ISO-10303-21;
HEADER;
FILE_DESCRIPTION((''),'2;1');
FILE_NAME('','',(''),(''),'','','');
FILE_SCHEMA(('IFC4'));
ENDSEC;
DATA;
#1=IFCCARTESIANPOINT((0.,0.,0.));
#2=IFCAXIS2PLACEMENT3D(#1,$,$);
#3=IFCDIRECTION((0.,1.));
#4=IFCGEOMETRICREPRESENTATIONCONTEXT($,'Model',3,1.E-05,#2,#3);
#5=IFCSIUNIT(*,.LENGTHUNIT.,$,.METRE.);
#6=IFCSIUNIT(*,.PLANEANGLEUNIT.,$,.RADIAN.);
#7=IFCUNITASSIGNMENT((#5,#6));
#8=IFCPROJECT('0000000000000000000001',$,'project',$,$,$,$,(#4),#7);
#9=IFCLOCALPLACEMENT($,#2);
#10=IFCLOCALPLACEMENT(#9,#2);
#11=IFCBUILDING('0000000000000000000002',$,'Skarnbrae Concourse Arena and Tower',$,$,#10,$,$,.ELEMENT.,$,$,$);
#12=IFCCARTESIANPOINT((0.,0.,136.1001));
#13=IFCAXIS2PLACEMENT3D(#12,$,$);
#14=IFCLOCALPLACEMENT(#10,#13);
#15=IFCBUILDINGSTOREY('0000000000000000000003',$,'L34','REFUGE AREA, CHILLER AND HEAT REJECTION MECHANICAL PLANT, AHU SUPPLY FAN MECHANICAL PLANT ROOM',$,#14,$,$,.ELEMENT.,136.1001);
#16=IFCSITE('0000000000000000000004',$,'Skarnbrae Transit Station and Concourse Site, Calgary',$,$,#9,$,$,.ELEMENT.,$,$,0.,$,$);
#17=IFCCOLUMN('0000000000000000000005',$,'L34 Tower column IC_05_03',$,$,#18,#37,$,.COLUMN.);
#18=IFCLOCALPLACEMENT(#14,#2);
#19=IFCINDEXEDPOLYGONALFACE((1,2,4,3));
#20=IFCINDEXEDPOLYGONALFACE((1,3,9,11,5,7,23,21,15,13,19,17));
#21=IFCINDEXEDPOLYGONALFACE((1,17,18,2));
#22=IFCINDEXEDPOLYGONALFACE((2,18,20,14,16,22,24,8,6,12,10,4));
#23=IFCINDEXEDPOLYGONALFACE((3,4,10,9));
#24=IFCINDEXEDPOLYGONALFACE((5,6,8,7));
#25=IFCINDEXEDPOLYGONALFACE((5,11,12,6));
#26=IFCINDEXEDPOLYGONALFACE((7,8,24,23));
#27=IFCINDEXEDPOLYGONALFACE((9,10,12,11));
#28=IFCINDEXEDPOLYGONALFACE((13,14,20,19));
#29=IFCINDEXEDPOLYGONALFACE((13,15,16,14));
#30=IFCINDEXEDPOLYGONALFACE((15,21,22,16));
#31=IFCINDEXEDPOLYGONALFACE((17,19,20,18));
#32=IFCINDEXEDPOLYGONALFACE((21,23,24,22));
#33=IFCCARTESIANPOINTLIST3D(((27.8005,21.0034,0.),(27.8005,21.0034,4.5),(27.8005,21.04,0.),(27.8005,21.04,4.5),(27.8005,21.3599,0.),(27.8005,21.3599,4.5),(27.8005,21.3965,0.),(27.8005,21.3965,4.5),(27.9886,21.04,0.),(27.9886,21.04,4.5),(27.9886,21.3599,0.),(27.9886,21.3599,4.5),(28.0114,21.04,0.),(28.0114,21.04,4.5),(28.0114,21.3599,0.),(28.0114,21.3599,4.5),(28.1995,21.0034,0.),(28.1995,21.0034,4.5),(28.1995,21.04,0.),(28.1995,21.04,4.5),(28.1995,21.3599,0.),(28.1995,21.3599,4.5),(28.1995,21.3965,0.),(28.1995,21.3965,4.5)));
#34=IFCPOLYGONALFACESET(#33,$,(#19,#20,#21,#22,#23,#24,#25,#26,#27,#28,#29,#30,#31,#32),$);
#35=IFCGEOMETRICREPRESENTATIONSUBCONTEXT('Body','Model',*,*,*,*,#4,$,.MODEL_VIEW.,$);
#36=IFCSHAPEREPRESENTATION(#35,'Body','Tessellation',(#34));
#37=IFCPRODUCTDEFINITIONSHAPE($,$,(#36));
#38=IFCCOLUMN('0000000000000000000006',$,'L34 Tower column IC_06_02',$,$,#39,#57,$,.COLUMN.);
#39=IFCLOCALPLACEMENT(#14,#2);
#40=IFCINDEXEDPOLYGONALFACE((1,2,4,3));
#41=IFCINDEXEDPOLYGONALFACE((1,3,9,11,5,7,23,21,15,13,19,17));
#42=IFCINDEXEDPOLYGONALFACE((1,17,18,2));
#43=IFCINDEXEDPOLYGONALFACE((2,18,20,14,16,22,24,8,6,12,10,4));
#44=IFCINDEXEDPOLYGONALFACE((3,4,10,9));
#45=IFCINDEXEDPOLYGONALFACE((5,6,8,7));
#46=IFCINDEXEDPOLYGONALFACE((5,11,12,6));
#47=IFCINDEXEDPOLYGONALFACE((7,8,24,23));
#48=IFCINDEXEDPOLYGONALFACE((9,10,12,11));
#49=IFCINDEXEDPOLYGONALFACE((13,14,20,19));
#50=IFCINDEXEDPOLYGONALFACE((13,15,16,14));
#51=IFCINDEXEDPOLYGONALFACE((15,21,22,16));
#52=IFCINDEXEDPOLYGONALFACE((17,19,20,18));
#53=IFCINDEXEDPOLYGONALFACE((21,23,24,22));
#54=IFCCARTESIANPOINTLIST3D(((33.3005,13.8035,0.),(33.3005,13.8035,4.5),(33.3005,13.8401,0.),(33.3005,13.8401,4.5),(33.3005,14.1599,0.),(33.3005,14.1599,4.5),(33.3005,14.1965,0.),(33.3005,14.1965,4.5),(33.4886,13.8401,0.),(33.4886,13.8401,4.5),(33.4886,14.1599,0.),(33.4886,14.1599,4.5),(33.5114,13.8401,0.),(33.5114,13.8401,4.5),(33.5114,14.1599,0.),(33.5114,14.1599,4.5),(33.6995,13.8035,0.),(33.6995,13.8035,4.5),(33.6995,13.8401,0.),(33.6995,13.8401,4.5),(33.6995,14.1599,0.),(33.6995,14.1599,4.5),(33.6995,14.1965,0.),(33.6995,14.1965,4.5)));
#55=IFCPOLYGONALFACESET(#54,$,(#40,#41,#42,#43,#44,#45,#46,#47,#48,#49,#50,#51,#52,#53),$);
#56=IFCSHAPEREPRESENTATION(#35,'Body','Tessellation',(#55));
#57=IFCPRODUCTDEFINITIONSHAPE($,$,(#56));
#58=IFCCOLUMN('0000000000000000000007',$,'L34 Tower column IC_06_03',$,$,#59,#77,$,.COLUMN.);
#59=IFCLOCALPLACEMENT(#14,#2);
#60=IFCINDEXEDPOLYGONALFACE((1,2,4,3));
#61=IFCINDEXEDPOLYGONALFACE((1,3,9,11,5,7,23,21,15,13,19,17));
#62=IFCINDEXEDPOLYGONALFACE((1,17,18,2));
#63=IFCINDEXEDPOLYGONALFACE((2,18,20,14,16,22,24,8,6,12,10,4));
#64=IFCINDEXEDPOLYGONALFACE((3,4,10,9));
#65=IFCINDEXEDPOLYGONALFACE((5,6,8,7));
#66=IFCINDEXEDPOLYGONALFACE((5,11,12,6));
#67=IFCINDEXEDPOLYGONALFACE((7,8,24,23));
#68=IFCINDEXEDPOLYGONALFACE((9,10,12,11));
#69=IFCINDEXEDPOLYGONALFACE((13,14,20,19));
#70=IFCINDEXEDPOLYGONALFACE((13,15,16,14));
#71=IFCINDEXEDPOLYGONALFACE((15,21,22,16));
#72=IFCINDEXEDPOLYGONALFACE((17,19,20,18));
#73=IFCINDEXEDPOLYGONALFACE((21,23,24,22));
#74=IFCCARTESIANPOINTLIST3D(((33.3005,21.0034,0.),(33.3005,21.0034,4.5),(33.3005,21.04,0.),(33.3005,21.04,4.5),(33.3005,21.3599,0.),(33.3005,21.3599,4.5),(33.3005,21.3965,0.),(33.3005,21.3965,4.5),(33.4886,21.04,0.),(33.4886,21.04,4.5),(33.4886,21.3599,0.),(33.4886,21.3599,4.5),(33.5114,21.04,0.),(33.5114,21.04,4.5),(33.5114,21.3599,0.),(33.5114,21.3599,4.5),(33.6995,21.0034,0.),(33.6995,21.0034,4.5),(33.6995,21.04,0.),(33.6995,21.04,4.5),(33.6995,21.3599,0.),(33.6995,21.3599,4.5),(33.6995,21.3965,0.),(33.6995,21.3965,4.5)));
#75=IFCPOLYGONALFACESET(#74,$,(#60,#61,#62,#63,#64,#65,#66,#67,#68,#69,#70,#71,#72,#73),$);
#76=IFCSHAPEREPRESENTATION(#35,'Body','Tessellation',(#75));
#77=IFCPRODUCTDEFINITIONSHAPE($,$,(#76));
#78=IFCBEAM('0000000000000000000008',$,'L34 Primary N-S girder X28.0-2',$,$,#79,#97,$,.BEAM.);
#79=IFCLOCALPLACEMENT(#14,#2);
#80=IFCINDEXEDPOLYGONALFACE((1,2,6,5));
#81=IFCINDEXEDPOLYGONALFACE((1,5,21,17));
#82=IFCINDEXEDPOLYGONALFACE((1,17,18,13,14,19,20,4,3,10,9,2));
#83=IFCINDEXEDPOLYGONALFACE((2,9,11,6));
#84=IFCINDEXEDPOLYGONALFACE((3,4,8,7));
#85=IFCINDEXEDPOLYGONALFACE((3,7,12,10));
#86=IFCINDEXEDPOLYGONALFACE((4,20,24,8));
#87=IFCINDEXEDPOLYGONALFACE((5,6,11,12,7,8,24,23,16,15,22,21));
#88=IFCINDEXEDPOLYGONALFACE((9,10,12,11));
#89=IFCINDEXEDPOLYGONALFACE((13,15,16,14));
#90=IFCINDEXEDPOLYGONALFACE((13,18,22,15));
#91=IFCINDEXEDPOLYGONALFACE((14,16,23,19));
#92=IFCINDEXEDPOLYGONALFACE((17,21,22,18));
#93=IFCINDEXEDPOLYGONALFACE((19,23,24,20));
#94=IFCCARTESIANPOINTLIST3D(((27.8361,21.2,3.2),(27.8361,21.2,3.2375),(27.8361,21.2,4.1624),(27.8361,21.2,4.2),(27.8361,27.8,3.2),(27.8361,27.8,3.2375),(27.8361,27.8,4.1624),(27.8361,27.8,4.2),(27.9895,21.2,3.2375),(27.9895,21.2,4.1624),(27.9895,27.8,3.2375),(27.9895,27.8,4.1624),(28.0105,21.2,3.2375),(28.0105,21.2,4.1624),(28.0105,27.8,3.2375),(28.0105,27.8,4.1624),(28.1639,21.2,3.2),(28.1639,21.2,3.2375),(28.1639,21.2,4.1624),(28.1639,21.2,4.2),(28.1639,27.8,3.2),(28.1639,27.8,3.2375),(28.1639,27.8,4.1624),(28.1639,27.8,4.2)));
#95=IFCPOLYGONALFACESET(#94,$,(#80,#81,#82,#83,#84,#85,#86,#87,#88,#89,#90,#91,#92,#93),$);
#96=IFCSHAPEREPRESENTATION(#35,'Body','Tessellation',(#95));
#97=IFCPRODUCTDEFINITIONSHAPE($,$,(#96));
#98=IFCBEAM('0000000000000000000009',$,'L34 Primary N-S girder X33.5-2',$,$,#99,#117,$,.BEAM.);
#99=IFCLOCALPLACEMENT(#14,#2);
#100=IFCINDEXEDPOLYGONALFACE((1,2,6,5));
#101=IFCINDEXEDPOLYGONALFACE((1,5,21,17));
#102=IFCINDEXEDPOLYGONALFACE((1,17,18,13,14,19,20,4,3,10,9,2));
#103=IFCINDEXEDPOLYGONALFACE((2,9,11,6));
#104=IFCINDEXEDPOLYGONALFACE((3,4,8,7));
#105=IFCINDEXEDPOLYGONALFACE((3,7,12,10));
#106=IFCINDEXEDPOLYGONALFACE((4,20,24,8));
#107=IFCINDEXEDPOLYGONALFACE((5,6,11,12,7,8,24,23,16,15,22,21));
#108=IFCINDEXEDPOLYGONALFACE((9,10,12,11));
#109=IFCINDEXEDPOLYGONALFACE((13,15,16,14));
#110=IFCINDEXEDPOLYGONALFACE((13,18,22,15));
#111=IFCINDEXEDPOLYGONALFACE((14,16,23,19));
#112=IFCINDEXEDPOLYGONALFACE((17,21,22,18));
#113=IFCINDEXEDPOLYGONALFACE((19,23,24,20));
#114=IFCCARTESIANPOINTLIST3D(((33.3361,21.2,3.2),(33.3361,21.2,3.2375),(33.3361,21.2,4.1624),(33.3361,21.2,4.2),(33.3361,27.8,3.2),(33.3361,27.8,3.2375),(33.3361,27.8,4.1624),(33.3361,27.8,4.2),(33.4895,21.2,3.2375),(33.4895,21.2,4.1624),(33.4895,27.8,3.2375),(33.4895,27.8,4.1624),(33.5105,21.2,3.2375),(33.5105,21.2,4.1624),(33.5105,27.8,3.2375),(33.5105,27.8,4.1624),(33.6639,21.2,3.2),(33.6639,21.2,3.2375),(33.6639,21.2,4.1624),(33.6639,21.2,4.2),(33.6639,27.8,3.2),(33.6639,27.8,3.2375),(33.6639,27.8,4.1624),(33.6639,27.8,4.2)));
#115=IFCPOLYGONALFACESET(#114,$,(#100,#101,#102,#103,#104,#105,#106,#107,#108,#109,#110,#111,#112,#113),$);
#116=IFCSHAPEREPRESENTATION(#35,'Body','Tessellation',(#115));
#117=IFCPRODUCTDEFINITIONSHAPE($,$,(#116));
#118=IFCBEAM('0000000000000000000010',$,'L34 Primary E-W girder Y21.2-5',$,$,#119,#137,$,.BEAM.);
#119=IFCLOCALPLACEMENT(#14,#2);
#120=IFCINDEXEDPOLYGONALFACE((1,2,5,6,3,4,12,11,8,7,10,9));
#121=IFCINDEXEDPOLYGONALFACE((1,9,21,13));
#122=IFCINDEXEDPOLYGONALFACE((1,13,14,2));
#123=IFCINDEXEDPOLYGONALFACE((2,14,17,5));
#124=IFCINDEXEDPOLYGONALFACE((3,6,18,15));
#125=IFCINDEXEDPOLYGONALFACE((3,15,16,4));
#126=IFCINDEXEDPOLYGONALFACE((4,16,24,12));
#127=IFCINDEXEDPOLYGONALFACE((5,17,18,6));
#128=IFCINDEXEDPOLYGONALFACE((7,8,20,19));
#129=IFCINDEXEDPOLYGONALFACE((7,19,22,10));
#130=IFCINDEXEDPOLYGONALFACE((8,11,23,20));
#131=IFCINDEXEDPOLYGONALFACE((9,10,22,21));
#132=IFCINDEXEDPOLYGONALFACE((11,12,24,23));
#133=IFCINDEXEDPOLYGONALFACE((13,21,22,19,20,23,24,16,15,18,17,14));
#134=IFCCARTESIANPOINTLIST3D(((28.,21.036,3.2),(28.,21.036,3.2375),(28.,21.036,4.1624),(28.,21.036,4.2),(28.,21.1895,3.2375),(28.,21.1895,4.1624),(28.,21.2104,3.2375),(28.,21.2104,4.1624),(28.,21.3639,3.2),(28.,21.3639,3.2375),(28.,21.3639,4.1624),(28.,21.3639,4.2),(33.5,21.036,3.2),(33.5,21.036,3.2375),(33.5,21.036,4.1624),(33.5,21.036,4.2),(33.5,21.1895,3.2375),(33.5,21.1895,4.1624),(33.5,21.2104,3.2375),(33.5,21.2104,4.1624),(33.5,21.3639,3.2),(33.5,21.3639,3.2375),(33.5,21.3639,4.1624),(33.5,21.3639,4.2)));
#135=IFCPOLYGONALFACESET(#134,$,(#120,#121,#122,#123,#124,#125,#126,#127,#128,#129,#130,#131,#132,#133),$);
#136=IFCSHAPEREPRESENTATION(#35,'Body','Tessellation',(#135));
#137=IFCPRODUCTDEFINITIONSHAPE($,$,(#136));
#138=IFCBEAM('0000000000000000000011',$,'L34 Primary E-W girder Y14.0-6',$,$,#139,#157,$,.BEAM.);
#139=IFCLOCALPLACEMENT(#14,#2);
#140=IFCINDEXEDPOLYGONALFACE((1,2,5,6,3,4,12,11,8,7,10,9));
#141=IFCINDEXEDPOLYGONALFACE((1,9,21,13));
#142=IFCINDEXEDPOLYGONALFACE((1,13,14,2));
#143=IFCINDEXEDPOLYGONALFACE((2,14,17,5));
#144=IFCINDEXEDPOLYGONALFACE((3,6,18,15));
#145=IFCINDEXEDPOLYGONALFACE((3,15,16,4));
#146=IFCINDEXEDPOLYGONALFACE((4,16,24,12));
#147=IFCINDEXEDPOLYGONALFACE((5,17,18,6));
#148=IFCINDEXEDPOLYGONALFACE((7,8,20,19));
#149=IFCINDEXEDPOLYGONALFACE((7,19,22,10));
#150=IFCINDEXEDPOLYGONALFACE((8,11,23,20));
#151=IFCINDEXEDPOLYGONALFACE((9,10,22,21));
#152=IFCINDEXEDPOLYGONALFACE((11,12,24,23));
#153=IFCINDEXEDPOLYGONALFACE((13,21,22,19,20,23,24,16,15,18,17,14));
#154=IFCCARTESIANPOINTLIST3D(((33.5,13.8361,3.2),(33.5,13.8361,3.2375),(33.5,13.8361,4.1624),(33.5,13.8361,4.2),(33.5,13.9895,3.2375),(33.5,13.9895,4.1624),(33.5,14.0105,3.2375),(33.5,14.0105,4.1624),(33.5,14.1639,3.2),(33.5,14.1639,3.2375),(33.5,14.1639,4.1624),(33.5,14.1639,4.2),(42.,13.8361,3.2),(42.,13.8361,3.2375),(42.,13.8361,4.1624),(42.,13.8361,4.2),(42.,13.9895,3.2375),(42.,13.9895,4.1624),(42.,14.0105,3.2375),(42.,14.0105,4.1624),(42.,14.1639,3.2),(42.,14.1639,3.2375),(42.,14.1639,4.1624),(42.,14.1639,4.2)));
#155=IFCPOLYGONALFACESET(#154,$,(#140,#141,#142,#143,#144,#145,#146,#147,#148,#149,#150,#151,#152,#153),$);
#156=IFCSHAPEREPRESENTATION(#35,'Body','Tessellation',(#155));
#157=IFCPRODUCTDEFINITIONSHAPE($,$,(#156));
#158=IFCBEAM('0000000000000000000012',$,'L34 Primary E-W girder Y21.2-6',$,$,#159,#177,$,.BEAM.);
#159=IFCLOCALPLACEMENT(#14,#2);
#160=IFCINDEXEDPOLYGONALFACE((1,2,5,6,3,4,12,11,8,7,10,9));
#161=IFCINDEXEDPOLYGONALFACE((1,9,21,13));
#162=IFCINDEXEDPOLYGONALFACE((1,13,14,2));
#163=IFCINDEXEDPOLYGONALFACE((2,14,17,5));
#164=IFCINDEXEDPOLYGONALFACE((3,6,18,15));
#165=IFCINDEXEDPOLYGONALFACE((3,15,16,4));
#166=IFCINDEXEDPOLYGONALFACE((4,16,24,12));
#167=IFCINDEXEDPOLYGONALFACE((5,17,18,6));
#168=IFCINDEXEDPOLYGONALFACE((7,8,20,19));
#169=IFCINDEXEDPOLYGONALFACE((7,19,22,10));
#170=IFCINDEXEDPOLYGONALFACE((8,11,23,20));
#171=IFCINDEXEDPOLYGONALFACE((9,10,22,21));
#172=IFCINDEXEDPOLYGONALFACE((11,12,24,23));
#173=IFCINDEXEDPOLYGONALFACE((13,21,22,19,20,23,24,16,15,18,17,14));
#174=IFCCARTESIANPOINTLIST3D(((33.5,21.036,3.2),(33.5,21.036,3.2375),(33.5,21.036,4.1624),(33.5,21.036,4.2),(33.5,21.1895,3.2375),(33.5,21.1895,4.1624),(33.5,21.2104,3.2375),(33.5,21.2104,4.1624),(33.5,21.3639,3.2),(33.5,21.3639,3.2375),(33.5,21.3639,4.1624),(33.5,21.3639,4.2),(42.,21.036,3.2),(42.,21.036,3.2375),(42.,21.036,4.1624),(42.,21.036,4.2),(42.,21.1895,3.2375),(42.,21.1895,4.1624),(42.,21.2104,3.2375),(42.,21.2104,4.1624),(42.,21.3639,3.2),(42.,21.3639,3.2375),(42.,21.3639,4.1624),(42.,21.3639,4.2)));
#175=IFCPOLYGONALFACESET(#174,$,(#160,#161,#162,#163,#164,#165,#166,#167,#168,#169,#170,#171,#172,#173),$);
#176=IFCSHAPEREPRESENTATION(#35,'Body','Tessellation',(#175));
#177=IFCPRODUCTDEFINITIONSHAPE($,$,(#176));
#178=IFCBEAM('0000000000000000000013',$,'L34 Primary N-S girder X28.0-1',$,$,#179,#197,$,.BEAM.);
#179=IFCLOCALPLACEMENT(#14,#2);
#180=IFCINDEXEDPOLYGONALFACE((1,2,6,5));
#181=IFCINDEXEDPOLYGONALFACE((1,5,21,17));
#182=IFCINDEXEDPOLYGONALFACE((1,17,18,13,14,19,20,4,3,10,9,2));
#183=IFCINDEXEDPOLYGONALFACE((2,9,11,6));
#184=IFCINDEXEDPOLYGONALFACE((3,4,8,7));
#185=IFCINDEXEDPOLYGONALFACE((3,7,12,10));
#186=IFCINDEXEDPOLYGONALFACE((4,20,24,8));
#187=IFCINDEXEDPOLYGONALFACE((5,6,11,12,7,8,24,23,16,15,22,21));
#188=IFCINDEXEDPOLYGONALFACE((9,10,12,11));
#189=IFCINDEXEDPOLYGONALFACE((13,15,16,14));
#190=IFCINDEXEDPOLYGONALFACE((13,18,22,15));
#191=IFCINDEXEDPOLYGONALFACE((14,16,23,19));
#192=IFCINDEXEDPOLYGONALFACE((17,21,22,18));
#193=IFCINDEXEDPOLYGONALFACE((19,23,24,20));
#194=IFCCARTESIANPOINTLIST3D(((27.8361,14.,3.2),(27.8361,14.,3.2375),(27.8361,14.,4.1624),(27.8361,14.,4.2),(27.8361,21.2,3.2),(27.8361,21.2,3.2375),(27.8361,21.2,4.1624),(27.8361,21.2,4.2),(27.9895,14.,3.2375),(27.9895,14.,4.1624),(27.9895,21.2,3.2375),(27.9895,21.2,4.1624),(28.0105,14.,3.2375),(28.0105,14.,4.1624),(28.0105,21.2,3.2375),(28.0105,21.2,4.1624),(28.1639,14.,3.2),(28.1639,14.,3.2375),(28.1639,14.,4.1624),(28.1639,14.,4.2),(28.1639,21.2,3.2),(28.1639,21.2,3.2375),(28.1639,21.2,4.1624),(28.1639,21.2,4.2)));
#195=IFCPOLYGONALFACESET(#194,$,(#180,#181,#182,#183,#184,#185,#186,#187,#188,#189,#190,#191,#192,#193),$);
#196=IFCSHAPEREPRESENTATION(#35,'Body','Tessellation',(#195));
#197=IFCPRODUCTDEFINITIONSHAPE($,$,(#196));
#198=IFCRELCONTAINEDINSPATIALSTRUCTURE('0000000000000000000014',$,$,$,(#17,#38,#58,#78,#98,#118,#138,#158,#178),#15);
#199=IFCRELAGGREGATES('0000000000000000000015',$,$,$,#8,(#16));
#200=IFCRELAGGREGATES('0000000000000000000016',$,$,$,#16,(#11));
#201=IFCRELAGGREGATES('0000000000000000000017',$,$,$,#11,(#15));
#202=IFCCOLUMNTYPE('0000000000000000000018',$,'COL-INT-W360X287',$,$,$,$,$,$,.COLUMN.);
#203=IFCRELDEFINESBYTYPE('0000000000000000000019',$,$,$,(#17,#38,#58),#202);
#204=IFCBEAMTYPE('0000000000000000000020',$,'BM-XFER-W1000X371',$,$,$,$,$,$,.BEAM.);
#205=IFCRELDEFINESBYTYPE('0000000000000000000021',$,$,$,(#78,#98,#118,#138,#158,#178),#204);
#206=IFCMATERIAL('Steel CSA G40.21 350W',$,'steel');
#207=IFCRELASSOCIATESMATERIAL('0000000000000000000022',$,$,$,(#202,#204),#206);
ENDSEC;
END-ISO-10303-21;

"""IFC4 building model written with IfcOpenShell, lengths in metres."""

from ifc_helpers import new_model, si_unit, direction, frame, origin, origin_2d, place, context, subcontext, project, spatial, i_section, extrude, source, transform, mapped, material, material_profile, profile_set, type_object, element, save


model = new_model("IFC4")

# Units and contexts
model_context = context("Model", 3, precision=1e-05, world=origin(), true_north=direction((0.0, 1.0)))
body_context = subcontext(model_context, "Body", "Model", "MODEL_VIEW")
ifc_project = project(units=[si_unit("LENGTHUNIT", "METRE"), si_unit("PLANEANGLEUNIT", "RADIAN")], contexts=[model_context])

# Site, building, storey
site_placement = place(None, origin())
site = spatial("IfcSite", under=ifc_project, at=site_placement, Name="Skarnbrae Transit Station and Concourse Site, Calgary", CompositionType="ELEMENT", RefElevation=0.0)
building_placement = place(site_placement, origin())
building = spatial("IfcBuilding", under=site, at=building_placement, Name="Skarnbrae Concourse Arena and Tower", CompositionType="ELEMENT")
storey_placement = place(building_placement, frame((0.0, 0.0, 136.1001)))
storey = spatial("IfcBuildingStorey", under=building, at=storey_placement, Name="L34", Description="REFUGE AREA, CHILLER AND HEAT REJECTION MECHANICAL PLANT, AHU SUPPLY FAN MECHANICAL PLANT ROOM", CompositionType="ELEMENT", Elevation=136.1001)

# Columns
ifc_material_1 = material(Name="Steel CSA G40.21 350W", Category="steel")
ifc_material_profile_1 = material_profile(ifc_material_1, i_section(OverallWidth=0.3989, OverallDepth=0.3931, WebThickness=0.0227, FlangeThickness=0.0366, at=origin_2d()), Name="W360X287")
ifc_profile_set_1 = profile_set([ifc_material_profile_1], Name="Steel CSA G40.21 350W")
column_type = type_object("IfcColumnType", Name="COL-INT-W360X287", PredefinedType="COLUMN", material=ifc_profile_set_1)
shared_shape_1 = source(origin(), body_context, "Body", "SweptSolid", [
    extrude(i_section(OverallWidth=0.3989, OverallDepth=0.3931, WebThickness=0.0227, FlangeThickness=0.0366, at=origin_2d()), origin(), (0.0, 0.0, 1.0), 4.5),
])
for number, where, z_axis, x_axis, name in (
    (1, (28.0, 21.2, 0.0), (0.0, 0.0, 1.0), (1.0, 0.0, 0.0), "L34 Tower column IC_05_03"),
    (2, (33.5, 14.0, 0.0), (0.0, 0.0, 1.0), (1.0, 0.0, 0.0), "L34 Tower column IC_06_02"),
    (3, (33.5, 21.2, 0.0), (0.0, 0.0, 1.0), (1.0, 0.0, 0.0), "L34 Tower column IC_06_03"),
):
    element("IfcColumn", number, at=place(storey_placement, frame(where, z_axis=z_axis, x_axis=x_axis)), inside=storey, type_object=column_type, Name=name, PredefinedType="COLUMN", context=body_context, shape_type="MappedRepresentation", body=[
        mapped(shared_shape_1, transform((0.0, 0.0, 0.0))),
    ])

# Beams
ifc_material_profile_2 = material_profile(ifc_material_1, i_section(OverallWidth=0.3279, OverallDepth=1.0, WebThickness=0.021, FlangeThickness=0.0376, at=origin_2d()), Name="W1000X371")
ifc_profile_set_2 = profile_set([ifc_material_profile_2], Name="Steel CSA G40.21 350W")
beam_type_1 = type_object("IfcBeamType", Name="BM-XFER-W1000X371", PredefinedType="BEAM", material=ifc_profile_set_2)
shared_shape_2 = source(origin(), body_context, "Body", "SweptSolid", [
    extrude(i_section(OverallWidth=0.3279, OverallDepth=1.0, WebThickness=0.021, FlangeThickness=0.0376, at=origin_2d()), origin(), (0.0, 0.0, 1.0), 6.6001),
])
for number, where, z_axis, x_axis, name in (
    (4, (28.0, 21.2, 3.7), (0.0, 1.0, 0.0), (-1.0, 0.0, 0.0), "L34 Primary N-S girder X28.0-2"),
    (5, (33.5, 21.2, 3.7), (0.0, 1.0, 0.0), (-1.0, 0.0, 0.0), "L34 Primary N-S girder X33.5-2"),
):
    element("IfcBeam", number, at=place(storey_placement, frame(where, z_axis=z_axis, x_axis=x_axis)), inside=storey, type_object=beam_type_1, Name=name, PredefinedType="BEAM", context=body_context, shape_type="MappedRepresentation", body=[
        mapped(shared_shape_2, transform((0.0, 0.0, 0.0))),
    ])
shared_shape_3 = source(origin(), body_context, "Body", "SweptSolid", [
    extrude(i_section(OverallWidth=0.3279, OverallDepth=1.0, WebThickness=0.021, FlangeThickness=0.0376, at=origin_2d()), origin(), (0.0, 0.0, 1.0), 5.5),
])
beam_1_placement = place(storey_placement, frame((28.0, 21.2, 3.7), z_axis=(1.0, 0.0, 0.0), x_axis=(0.0, 1.0, 0.0)))
element("IfcBeam", 6, at=beam_1_placement, inside=storey, type_object=beam_type_1, Name="L34 Primary E-W girder Y21.2-5", PredefinedType="BEAM", context=body_context, shape_type="MappedRepresentation", body=[
    mapped(shared_shape_3, transform((0.0, 0.0, 0.0))),
])
shared_shape_4 = source(origin(), body_context, "Body", "SweptSolid", [
    extrude(i_section(OverallWidth=0.3279, OverallDepth=1.0, WebThickness=0.021, FlangeThickness=0.0376, at=origin_2d()), origin(), (0.0, 0.0, 1.0), 8.5),
])
for number, where, z_axis, x_axis, name in (
    (7, (33.5, 14.0, 3.7), (1.0, 0.0, 0.0), (0.0, 1.0, 0.0), "L34 Primary E-W girder Y14.0-6"),
    (8, (33.5, 21.2, 3.7), (1.0, 0.0, 0.0), (0.0, 1.0, 0.0), "L34 Primary E-W girder Y21.2-6"),
):
    element("IfcBeam", number, at=place(storey_placement, frame(where, z_axis=z_axis, x_axis=x_axis)), inside=storey, type_object=beam_type_1, Name=name, PredefinedType="BEAM", context=body_context, shape_type="MappedRepresentation", body=[
        mapped(shared_shape_4, transform((0.0, 0.0, 0.0))),
    ])
shared_shape_5 = source(origin(), body_context, "Body", "SweptSolid", [
    extrude(i_section(OverallWidth=0.3279, OverallDepth=1.0, WebThickness=0.021, FlangeThickness=0.0376, at=origin_2d()), origin(), (0.0, 0.0, 1.0), 7.2),
])
for number, where, z_axis, x_axis, name in (
    (9, (28.0, 14.0, 3.7), (0.0, 1.0, 0.0), (-1.0, 0.0, 0.0), "L34 Primary N-S girder X28.0-1"),
):
    element("IfcBeam", number, at=place(storey_placement, frame(where, z_axis=z_axis, x_axis=x_axis)), inside=storey, type_object=beam_type_1, Name=name, PredefinedType="BEAM", context=body_context, shape_type="MappedRepresentation", body=[
        mapped(shared_shape_5, transform((0.0, 0.0, 0.0))),
    ])

save(model, "model.ifc")
